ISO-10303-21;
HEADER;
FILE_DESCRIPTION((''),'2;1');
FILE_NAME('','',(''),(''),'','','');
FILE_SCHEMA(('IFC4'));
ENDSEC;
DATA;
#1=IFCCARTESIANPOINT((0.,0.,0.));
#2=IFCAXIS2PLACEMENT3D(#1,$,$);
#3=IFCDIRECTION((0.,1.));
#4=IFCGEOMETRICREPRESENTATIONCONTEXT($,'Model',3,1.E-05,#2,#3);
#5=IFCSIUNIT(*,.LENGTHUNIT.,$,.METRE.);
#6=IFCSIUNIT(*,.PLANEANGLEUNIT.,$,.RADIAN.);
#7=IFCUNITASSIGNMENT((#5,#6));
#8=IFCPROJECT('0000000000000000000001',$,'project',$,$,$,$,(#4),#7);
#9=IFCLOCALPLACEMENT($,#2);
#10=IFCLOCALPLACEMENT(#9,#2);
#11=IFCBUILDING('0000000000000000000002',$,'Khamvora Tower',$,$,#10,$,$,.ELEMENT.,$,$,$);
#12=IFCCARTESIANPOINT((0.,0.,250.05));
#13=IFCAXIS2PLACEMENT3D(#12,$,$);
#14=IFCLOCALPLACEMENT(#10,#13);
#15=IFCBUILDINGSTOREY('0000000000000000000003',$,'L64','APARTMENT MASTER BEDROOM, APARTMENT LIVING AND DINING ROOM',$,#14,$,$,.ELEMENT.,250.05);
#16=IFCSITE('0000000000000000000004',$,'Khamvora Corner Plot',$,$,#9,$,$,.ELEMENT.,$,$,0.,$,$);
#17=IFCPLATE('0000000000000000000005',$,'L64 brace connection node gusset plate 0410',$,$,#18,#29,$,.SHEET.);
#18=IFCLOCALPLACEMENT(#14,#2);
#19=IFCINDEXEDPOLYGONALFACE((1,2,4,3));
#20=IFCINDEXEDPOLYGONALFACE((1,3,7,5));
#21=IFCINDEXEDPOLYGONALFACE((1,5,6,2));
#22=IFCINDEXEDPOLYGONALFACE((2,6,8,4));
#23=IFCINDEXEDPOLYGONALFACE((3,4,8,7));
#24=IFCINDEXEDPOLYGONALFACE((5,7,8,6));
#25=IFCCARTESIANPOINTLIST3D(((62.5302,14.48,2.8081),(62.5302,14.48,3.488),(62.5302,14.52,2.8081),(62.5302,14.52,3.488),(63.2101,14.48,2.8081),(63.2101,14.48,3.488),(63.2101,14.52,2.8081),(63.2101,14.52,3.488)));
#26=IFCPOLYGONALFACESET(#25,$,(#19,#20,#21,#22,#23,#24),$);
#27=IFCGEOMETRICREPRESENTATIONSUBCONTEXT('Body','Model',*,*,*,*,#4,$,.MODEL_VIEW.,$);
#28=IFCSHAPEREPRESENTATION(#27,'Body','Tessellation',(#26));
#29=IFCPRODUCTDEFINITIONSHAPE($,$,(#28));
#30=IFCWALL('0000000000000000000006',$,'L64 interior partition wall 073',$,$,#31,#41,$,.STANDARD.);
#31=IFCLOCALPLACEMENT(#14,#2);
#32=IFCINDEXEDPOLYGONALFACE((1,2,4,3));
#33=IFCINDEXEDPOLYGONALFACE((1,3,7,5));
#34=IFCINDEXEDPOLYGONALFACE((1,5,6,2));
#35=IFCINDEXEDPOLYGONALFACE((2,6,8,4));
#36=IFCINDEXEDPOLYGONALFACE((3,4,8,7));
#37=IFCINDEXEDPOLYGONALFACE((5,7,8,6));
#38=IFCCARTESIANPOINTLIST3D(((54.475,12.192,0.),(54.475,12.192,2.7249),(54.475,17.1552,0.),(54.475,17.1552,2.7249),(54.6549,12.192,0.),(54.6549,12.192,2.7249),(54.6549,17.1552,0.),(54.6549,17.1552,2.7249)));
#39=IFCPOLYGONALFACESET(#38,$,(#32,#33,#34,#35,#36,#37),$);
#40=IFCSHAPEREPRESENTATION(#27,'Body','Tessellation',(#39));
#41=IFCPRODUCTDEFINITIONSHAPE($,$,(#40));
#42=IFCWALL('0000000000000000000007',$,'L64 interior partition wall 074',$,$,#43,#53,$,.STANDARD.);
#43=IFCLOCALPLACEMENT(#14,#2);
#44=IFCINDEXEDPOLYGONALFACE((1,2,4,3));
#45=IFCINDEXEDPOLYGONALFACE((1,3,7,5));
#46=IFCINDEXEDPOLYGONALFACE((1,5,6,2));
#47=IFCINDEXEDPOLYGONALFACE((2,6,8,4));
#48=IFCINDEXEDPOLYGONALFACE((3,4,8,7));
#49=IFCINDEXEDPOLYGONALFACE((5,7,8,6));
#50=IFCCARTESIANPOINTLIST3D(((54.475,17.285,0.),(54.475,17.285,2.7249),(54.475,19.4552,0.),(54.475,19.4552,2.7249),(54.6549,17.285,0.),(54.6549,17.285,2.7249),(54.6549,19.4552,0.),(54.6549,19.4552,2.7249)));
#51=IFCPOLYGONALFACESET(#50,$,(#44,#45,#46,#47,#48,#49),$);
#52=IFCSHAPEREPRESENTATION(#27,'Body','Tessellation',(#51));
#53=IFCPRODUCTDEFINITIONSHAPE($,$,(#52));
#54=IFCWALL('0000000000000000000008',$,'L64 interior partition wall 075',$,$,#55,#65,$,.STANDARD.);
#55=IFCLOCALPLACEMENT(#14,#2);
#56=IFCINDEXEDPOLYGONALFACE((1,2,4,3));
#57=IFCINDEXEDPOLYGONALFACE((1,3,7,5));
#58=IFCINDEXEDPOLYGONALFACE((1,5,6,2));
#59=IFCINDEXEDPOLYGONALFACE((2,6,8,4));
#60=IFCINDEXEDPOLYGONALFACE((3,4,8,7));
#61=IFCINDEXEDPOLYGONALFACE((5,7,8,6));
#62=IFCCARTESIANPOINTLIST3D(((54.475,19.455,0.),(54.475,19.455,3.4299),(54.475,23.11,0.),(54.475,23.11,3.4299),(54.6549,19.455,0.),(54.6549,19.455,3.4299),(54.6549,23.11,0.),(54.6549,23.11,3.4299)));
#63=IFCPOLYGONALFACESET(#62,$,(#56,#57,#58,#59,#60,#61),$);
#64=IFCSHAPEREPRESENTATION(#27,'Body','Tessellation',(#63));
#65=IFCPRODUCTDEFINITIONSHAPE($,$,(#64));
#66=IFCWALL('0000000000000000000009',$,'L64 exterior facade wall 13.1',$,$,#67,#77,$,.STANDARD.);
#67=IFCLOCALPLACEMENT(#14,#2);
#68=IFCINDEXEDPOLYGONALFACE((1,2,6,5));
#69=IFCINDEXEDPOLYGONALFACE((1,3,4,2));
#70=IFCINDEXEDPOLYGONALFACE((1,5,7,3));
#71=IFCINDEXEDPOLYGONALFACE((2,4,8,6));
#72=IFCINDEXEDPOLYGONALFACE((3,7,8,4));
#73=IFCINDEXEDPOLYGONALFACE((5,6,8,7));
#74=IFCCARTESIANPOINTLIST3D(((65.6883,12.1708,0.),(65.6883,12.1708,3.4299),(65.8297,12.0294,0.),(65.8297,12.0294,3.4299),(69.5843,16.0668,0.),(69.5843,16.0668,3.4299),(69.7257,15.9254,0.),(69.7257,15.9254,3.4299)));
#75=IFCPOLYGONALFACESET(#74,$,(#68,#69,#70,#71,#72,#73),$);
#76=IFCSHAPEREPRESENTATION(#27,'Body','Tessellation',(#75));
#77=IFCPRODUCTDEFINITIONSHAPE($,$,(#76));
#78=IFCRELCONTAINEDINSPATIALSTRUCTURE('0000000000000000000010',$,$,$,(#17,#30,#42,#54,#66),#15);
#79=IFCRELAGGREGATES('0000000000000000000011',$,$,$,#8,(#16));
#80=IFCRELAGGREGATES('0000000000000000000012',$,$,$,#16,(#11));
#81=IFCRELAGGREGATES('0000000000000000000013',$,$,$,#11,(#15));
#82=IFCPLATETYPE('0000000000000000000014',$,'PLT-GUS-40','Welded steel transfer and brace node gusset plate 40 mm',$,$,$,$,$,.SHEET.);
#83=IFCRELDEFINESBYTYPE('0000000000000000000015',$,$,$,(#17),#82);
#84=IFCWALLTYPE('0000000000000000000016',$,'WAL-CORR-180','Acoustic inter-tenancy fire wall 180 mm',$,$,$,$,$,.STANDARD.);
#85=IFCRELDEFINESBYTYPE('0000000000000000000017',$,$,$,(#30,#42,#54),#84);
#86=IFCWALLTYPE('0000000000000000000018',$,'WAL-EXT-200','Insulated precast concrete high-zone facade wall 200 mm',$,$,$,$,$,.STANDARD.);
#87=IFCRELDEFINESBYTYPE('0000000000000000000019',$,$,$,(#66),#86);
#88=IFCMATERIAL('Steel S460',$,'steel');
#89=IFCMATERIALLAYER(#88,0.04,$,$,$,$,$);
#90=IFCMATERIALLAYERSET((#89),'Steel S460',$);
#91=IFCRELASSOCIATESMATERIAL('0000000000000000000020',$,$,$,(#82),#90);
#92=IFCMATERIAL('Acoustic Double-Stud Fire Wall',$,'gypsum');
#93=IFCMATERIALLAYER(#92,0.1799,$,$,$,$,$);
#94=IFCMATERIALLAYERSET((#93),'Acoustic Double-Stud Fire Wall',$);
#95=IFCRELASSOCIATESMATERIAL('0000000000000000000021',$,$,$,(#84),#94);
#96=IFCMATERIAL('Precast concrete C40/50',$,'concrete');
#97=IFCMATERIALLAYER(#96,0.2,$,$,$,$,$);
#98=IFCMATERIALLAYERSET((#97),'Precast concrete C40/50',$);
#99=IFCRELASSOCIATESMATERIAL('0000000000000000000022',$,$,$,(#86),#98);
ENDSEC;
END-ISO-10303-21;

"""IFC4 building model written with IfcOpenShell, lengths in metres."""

from ifc_helpers import new_model, si_unit, direction, frame, frame_2d, origin, origin_2d, place, context, subcontext, project, spatial, rectangle, extrude, material, layer, layer_set, type_object, element, save


model = new_model("IFC4")

# Units and contexts
model_context = context("Model", 3, precision=1e-05, world=origin(), true_north=direction((0.0, 1.0)))
body_context = subcontext(model_context, "Body", "Model", "MODEL_VIEW")
ifc_project = project(units=[si_unit("LENGTHUNIT", "METRE"), si_unit("PLANEANGLEUNIT", "RADIAN")], contexts=[model_context])

# Site, building, storey
site_placement = place(None, origin())
site = spatial("IfcSite", under=ifc_project, at=site_placement, Name="Khamvora Corner Plot", CompositionType="ELEMENT", RefElevation=0.0)
building_placement = place(site_placement, origin())
building = spatial("IfcBuilding", under=site, at=building_placement, Name="Khamvora Tower", CompositionType="ELEMENT")
storey_placement = place(building_placement, frame((0.0, 0.0, 250.05)))
storey = spatial("IfcBuildingStorey", under=building, at=storey_placement, Name="L64", Description="APARTMENT MASTER BEDROOM, APARTMENT LIVING AND DINING ROOM", CompositionType="ELEMENT", Elevation=250.05)

# Plate
ifc_material_1 = material(Name="Steel S460", Category="steel")
ifc_layer_1 = layer(ifc_material_1, 0.04)
ifc_layer_set_1 = layer_set([ifc_layer_1], Name="Steel S460")
plate_type_1 = type_object("IfcPlateType", Name="PLT-GUS-40", Description="Welded steel transfer and brace node gusset plate 40 mm", PredefinedType="SHEET", material=ifc_layer_set_1)
plate_1_placement = place(storey_placement, frame((62.8701, 14.5, 2.8081), z_axis=(0.0, 0.0, 1.0), x_axis=(1.0, 0.0, 0.0)))
element("IfcPlate", 1, at=plate_1_placement, inside=storey, type_object=plate_type_1, Name="L64 brace connection node gusset plate 0410", PredefinedType="SHEET", context=body_context, shape_type="SweptSolid", body=[
    extrude(rectangle(XDim=0.6799, YDim=0.04, at=origin_2d()), origin(), (0.0, 0.0, 1.0), 0.6799),
])

# Walls
ifc_material_2 = material(Name="Acoustic Double-Stud Fire Wall", Category="gypsum")
ifc_layer_2 = layer(ifc_material_2, 0.1799)
ifc_layer_set_2 = layer_set([ifc_layer_2], Name="Acoustic Double-Stud Fire Wall")
wall_type_1 = type_object("IfcWallType", Name="WAL-CORR-180", Description="Acoustic inter-tenancy fire wall 180 mm", PredefinedType="STANDARD", material=ifc_layer_set_2)
wall_1_placement = place(storey_placement, frame((54.5649, 17.155, 0.0), z_axis=(0.0, 0.0, 1.0), x_axis=(0.0, -1.0, 0.0)))
element("IfcWall", 2, at=wall_1_placement, inside=storey, type_object=wall_type_1, Name="L64 interior partition wall 073", PredefinedType="STANDARD", context=body_context, shape_type="SweptSolid", body=[
    extrude(rectangle(XDim=4.9631, YDim=0.1799, at=frame_2d((2.4814, 0.0))), origin(), (0.0, 0.0, 1.0), 2.7249),
])
wall_2_placement = place(storey_placement, frame((54.5649, 19.4551, 0.0), z_axis=(0.0, 0.0, 1.0), x_axis=(0.0, -1.0, 0.0)))
element("IfcWall", 3, at=wall_2_placement, inside=storey, type_object=wall_type_1, Name="L64 interior partition wall 074", PredefinedType="STANDARD", context=body_context, shape_type="SweptSolid", body=[
    extrude(rectangle(XDim=2.1702, YDim=0.1799, at=frame_2d((1.085, 0.0))), origin(), (0.0, 0.0, 1.0), 2.7249),
])
wall_3_placement = place(storey_placement, frame((54.5649, 23.1101, 0.0), z_axis=(0.0, 0.0, 1.0), x_axis=(0.0, -1.0, 0.0)))
element("IfcWall", 4, at=wall_3_placement, inside=storey, type_object=wall_type_1, Name="L64 interior partition wall 075", PredefinedType="STANDARD", context=body_context, shape_type="SweptSolid", body=[
    extrude(rectangle(XDim=3.655, YDim=0.1799, at=frame_2d((1.8276, 0.0))), origin(), (0.0, 0.0, 1.0), 3.4299),
])
ifc_material_3 = material(Name="Precast concrete C40/50", Category="concrete")
ifc_layer_3 = layer(ifc_material_3, 0.2)
ifc_layer_set_3 = layer_set([ifc_layer_3], Name="Precast concrete C40/50")
wall_type_2 = type_object("IfcWallType", Name="WAL-EXT-200", Description="Insulated precast concrete high-zone facade wall 200 mm", PredefinedType="STANDARD", material=ifc_layer_set_3)
wall_4_placement = place(storey_placement, frame((69.655, 15.9961, 0.0), z_axis=(0.0, 0.0, 1.0), x_axis=(-0.707107, -0.707107, 0.0)))
element("IfcWall", 5, at=wall_4_placement, inside=storey, type_object=wall_type_2, Name="L64 exterior facade wall 13.1", PredefinedType="STANDARD", context=body_context, shape_type="SweptSolid", body=[
    extrude(rectangle(XDim=5.5098, YDim=0.2, at=frame_2d((2.7549, 0.0))), origin(), (0.0, 0.0, 1.0), 3.4299),
])

save(model, "model.ifc")
